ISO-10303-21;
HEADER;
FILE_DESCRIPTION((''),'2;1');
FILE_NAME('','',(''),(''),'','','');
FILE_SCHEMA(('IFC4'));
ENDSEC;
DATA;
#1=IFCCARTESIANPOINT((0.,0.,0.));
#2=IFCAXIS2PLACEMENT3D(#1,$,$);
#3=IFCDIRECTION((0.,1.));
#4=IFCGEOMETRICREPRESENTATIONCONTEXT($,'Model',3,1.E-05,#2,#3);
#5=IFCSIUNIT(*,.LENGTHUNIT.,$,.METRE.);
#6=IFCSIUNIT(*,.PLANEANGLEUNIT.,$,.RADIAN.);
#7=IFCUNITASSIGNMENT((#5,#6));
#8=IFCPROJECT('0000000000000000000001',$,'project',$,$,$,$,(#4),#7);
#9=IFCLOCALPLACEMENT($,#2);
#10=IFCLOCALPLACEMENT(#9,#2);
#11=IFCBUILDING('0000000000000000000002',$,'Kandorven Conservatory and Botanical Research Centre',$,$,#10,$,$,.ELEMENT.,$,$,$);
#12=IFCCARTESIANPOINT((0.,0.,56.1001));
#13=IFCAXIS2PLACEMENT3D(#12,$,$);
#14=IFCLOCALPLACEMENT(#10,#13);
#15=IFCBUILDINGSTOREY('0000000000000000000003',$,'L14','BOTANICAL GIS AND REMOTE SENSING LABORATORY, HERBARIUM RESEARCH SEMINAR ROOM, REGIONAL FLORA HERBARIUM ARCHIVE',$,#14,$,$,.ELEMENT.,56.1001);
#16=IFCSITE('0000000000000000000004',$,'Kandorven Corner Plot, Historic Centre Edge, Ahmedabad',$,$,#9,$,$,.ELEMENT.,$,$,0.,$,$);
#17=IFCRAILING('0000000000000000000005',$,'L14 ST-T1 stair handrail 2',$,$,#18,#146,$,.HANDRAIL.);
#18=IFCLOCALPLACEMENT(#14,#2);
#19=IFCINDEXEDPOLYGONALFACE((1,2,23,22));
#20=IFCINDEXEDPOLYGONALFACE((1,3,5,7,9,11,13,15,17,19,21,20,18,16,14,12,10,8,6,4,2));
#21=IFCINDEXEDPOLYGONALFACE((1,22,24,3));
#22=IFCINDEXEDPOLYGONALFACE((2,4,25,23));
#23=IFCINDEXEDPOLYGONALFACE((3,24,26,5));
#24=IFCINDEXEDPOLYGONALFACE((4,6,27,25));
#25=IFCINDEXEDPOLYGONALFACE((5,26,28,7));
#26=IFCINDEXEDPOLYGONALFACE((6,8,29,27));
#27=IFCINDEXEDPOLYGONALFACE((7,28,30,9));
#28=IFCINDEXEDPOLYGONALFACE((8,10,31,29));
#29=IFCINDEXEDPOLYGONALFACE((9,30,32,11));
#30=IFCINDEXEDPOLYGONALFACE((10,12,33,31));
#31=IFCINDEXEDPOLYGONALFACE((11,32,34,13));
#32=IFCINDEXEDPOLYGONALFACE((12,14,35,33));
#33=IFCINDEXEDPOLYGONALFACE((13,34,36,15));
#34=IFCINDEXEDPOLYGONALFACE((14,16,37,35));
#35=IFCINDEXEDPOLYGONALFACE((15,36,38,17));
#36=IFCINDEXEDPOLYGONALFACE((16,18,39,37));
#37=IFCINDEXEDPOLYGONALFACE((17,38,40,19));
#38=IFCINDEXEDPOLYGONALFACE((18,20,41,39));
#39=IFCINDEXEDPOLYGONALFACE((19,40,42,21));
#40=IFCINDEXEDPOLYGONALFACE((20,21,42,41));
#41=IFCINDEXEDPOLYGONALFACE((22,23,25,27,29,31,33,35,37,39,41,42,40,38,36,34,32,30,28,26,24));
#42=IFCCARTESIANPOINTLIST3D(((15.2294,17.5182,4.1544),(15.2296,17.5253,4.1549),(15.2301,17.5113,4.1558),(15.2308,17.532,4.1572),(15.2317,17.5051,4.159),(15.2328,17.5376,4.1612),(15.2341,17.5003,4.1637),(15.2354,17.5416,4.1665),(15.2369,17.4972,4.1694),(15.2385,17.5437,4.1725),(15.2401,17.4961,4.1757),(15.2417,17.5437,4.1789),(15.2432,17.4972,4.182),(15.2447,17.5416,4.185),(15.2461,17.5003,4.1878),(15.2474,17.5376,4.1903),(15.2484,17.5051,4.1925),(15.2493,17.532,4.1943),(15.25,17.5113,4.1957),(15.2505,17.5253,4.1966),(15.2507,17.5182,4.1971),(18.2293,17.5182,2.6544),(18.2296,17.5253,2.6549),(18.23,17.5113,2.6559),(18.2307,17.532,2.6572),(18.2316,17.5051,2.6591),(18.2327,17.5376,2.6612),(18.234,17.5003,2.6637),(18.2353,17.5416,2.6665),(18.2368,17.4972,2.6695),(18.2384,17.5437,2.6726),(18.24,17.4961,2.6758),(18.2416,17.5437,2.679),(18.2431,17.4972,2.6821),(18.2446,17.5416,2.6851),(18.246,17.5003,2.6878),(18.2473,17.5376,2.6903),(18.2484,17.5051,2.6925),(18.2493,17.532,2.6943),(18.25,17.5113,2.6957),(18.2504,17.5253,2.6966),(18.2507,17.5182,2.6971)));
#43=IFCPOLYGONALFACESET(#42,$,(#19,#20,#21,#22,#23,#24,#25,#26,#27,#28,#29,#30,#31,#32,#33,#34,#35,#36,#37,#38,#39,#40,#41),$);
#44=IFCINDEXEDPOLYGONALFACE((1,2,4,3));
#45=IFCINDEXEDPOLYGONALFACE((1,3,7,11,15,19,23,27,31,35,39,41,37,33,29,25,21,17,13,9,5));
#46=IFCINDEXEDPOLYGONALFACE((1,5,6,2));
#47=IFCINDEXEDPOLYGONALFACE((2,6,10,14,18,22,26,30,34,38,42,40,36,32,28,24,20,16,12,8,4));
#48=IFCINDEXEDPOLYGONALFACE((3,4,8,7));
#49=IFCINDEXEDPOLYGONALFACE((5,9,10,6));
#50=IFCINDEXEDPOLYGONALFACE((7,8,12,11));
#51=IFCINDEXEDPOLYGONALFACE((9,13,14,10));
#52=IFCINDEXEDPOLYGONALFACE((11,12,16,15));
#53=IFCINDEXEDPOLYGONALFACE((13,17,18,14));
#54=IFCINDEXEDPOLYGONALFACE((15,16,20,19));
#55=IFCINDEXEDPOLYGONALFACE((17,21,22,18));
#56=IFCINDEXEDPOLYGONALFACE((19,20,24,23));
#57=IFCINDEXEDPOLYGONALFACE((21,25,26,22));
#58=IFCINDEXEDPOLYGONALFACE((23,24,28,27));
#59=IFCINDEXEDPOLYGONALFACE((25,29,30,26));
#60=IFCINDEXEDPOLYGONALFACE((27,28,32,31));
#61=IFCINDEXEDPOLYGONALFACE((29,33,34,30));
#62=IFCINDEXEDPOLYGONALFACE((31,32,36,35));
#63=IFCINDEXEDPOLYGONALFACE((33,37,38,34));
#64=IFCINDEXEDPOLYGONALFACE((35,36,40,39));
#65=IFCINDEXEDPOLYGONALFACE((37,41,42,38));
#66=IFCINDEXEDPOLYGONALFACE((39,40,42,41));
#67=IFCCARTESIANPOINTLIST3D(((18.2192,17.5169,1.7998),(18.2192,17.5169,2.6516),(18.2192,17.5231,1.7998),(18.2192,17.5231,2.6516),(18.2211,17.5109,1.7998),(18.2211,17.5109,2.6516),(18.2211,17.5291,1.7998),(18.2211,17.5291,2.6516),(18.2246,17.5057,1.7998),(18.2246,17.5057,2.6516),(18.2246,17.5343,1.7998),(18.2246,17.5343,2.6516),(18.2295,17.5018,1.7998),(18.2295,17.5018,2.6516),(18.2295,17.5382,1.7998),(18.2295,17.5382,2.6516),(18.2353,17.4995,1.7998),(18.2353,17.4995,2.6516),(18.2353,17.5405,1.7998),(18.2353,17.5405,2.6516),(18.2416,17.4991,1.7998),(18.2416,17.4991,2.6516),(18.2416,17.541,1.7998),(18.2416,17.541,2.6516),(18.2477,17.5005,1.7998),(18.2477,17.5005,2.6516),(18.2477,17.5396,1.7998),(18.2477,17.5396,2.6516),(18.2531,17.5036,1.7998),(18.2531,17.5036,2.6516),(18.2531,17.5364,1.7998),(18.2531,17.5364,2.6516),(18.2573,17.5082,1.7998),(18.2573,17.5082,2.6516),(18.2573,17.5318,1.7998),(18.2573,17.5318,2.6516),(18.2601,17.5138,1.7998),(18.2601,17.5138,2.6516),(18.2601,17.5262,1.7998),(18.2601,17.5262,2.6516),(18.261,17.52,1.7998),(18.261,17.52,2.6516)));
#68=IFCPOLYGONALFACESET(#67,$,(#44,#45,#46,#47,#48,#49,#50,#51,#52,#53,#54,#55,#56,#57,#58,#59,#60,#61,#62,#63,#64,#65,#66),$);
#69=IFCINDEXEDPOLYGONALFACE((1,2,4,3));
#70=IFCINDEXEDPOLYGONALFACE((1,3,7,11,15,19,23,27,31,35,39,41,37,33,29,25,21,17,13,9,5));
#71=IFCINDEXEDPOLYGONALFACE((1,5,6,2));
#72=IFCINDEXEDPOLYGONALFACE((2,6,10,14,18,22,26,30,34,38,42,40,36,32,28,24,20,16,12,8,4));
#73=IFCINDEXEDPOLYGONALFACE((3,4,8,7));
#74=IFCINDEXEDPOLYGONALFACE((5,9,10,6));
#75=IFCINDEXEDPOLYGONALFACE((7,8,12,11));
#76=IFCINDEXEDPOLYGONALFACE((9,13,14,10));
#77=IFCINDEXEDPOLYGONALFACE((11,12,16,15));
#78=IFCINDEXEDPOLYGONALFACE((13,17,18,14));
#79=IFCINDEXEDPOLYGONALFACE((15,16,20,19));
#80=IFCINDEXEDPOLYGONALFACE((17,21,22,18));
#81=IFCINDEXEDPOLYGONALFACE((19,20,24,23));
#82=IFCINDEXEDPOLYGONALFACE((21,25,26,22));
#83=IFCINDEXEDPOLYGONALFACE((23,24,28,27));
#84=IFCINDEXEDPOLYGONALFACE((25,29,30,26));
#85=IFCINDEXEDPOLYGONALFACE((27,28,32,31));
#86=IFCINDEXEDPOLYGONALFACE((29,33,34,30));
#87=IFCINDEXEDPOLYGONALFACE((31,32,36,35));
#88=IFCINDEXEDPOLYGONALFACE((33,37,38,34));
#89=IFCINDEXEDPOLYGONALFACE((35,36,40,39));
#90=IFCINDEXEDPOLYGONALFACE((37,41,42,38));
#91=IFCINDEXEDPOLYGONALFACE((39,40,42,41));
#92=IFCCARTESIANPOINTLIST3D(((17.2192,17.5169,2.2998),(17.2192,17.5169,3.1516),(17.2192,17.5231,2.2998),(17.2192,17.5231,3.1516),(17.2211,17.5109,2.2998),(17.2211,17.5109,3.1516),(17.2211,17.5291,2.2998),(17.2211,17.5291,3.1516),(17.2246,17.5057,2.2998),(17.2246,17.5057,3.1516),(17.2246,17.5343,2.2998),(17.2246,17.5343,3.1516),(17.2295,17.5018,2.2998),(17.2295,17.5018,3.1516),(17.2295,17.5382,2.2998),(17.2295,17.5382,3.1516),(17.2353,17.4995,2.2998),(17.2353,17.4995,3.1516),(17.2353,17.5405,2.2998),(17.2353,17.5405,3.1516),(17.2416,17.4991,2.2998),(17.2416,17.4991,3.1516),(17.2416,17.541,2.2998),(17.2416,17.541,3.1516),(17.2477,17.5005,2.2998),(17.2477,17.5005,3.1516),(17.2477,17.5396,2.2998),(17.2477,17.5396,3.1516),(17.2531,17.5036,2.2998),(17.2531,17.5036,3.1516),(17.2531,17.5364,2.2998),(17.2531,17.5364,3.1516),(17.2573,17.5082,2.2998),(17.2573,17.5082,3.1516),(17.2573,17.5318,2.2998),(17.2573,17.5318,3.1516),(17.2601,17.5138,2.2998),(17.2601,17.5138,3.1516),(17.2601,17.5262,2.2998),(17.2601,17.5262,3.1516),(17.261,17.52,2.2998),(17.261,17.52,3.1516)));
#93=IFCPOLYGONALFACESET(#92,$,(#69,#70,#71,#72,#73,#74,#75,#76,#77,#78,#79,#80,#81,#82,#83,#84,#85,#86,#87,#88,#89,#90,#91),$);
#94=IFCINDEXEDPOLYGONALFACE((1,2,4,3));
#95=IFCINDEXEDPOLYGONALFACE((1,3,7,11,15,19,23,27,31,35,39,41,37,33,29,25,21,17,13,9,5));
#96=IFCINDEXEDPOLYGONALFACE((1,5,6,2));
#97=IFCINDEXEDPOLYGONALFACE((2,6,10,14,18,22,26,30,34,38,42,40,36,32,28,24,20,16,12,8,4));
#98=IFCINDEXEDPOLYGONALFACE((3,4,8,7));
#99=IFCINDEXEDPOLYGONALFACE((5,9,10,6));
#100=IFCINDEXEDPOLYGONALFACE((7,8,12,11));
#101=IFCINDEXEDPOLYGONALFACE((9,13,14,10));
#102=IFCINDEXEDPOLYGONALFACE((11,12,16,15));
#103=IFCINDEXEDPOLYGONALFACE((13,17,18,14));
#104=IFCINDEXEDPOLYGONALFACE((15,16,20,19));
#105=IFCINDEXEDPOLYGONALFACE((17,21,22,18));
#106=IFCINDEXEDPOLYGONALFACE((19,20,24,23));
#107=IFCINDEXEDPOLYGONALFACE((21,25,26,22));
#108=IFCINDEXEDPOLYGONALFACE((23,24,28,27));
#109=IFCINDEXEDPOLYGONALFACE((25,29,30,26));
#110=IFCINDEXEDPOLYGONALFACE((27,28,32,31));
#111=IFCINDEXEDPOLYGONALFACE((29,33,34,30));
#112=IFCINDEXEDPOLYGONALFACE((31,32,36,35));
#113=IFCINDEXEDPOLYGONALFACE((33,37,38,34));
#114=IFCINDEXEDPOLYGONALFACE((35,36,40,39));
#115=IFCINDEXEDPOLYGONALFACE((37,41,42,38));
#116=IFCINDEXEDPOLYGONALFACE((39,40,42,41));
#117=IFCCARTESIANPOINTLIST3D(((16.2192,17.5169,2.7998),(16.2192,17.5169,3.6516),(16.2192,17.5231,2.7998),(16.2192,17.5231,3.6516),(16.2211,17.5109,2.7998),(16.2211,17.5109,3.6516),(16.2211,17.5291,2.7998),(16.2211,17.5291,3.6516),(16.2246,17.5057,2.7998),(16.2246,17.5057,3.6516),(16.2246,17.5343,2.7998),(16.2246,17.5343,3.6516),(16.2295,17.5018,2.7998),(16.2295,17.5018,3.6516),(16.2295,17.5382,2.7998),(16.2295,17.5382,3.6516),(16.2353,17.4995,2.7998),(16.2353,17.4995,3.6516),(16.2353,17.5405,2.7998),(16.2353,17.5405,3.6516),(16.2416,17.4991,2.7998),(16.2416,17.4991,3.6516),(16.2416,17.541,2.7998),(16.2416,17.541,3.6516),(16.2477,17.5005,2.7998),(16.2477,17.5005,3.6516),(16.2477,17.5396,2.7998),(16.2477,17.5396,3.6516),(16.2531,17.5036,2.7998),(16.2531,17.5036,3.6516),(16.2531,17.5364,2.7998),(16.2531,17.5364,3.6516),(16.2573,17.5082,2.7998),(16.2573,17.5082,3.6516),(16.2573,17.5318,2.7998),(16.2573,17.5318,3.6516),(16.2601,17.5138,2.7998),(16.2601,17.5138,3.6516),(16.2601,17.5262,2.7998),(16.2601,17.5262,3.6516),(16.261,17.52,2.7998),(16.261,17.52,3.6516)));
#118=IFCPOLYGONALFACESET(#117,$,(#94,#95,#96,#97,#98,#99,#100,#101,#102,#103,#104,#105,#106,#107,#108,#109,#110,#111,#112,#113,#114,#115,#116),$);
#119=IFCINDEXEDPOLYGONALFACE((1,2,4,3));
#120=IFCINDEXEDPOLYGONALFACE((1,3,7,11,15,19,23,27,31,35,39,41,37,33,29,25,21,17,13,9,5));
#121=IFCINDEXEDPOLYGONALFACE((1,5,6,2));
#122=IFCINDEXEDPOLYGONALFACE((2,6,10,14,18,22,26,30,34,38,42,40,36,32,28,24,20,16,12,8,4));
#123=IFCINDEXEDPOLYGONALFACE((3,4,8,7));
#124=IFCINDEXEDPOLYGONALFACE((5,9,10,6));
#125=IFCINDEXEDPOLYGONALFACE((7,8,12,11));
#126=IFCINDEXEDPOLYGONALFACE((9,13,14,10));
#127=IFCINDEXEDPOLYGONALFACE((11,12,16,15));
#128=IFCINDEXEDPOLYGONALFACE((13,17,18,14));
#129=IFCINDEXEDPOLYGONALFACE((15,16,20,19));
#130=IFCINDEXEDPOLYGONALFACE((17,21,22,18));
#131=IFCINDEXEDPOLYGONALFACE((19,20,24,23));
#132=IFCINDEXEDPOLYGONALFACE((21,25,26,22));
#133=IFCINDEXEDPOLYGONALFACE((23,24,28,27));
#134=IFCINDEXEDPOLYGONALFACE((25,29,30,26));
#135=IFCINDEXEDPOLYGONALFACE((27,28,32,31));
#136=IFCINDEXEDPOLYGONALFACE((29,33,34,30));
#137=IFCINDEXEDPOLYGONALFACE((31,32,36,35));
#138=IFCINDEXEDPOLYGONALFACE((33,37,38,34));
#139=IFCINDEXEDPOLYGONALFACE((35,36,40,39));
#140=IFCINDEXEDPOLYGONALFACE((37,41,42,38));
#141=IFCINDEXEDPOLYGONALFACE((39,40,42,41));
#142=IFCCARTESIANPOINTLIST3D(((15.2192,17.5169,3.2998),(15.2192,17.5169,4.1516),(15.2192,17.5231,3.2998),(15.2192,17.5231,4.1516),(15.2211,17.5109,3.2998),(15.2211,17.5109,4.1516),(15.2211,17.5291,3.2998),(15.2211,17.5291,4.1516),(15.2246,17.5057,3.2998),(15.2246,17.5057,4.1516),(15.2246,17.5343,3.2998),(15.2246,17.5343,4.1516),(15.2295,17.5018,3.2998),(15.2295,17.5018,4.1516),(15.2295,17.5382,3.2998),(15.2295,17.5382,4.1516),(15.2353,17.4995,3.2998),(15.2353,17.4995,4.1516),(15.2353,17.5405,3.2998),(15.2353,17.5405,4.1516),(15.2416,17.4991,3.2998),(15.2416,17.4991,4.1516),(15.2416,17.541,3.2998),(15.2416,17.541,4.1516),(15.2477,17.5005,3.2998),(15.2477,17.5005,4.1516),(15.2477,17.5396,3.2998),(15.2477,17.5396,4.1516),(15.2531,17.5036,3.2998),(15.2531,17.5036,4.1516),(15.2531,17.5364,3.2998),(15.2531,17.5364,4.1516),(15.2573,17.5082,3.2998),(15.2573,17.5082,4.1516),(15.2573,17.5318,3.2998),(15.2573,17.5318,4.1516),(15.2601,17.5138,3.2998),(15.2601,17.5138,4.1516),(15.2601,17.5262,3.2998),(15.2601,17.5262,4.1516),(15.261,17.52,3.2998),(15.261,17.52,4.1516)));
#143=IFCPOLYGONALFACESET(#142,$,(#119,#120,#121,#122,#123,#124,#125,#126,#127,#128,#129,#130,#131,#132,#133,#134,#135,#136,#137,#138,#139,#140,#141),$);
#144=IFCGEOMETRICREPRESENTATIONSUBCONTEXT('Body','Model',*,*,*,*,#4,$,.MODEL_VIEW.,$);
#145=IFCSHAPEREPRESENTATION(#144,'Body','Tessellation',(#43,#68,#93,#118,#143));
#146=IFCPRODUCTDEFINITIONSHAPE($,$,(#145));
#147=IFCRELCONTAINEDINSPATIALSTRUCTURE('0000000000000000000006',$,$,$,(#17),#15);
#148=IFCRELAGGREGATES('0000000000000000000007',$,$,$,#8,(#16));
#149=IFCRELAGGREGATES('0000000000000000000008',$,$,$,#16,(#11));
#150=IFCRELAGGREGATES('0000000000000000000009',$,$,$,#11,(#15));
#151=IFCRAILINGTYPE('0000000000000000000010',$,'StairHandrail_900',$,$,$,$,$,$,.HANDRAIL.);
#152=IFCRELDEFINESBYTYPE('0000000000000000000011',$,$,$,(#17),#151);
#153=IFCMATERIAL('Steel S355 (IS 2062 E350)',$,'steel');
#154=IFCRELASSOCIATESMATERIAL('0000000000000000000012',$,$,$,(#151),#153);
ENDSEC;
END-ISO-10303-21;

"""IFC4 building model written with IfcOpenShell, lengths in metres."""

from ifc_helpers import new_model, si_unit, direction, frame, origin, origin_2d, place, context, subcontext, project, spatial, circle, extrude, material, type_object, element, save


model = new_model("IFC4")

# Units and contexts
model_context = context("Model", 3, precision=1e-05, world=origin(), true_north=direction((0.0, 1.0)))
body_context = subcontext(model_context, "Body", "Model", "MODEL_VIEW")
ifc_project = project(units=[si_unit("LENGTHUNIT", "METRE"), si_unit("PLANEANGLEUNIT", "RADIAN")], contexts=[model_context])

# Site, building, storey
site_placement = place(None, origin())
site = spatial("IfcSite", under=ifc_project, at=site_placement, Name="Kandorven Corner Plot, Historic Centre Edge, Ahmedabad", CompositionType="ELEMENT", RefElevation=0.0)
building_placement = place(site_placement, origin())
building = spatial("IfcBuilding", under=site, at=building_placement, Name="Kandorven Conservatory and Botanical Research Centre", CompositionType="ELEMENT")
storey_placement = place(building_placement, frame((0.0, 0.0, 56.1001)))
storey = spatial("IfcBuildingStorey", under=building, at=storey_placement, Name="L14", Description="BOTANICAL GIS AND REMOTE SENSING LABORATORY, HERBARIUM RESEARCH SEMINAR ROOM, REGIONAL FLORA HERBARIUM ARCHIVE", CompositionType="ELEMENT", Elevation=56.1001)

# Railing
ifc_material_1 = material(Name="Steel S355 (IS 2062 E350)", Category="steel")
railing_type = type_object("IfcRailingType", Name="StairHandrail_900", PredefinedType="HANDRAIL", material=ifc_material_1)
railing_placement = place(storey_placement, frame((18.24, 17.52, 1.7998)))
element("IfcRailing", 1, at=railing_placement, inside=storey, type_object=railing_type, Name="L14 ST-T1 stair handrail 2", PredefinedType="HANDRAIL", context=body_context, shape_type="SweptSolid", body=[
    extrude(circle(Radius=0.0239, at=origin_2d()), frame((0.0, 0.0, 0.876), z_axis=(-0.894427, 0.0, 0.447214), x_axis=(0.0, -1.0, 0.0)), (0.0, 0.0, 1.0), 3.354),
    extrude(circle(Radius=0.021, at=origin_2d()), origin(), (0.0, 0.0, 1.0), 0.8518),
    extrude(circle(Radius=0.021, at=origin_2d()), frame((-1.0, 0.0, 0.5)), (0.0, 0.0, 1.0), 0.8518),
    extrude(circle(Radius=0.021, at=origin_2d()), frame((-2.0, 0.0, 1.0)), (0.0, 0.0, 1.0), 0.8518),
    extrude(circle(Radius=0.021, at=origin_2d()), frame((-3.0, 0.0, 1.5)), (0.0, 0.0, 1.0), 0.8518),
])

save(model, "model.ifc")
